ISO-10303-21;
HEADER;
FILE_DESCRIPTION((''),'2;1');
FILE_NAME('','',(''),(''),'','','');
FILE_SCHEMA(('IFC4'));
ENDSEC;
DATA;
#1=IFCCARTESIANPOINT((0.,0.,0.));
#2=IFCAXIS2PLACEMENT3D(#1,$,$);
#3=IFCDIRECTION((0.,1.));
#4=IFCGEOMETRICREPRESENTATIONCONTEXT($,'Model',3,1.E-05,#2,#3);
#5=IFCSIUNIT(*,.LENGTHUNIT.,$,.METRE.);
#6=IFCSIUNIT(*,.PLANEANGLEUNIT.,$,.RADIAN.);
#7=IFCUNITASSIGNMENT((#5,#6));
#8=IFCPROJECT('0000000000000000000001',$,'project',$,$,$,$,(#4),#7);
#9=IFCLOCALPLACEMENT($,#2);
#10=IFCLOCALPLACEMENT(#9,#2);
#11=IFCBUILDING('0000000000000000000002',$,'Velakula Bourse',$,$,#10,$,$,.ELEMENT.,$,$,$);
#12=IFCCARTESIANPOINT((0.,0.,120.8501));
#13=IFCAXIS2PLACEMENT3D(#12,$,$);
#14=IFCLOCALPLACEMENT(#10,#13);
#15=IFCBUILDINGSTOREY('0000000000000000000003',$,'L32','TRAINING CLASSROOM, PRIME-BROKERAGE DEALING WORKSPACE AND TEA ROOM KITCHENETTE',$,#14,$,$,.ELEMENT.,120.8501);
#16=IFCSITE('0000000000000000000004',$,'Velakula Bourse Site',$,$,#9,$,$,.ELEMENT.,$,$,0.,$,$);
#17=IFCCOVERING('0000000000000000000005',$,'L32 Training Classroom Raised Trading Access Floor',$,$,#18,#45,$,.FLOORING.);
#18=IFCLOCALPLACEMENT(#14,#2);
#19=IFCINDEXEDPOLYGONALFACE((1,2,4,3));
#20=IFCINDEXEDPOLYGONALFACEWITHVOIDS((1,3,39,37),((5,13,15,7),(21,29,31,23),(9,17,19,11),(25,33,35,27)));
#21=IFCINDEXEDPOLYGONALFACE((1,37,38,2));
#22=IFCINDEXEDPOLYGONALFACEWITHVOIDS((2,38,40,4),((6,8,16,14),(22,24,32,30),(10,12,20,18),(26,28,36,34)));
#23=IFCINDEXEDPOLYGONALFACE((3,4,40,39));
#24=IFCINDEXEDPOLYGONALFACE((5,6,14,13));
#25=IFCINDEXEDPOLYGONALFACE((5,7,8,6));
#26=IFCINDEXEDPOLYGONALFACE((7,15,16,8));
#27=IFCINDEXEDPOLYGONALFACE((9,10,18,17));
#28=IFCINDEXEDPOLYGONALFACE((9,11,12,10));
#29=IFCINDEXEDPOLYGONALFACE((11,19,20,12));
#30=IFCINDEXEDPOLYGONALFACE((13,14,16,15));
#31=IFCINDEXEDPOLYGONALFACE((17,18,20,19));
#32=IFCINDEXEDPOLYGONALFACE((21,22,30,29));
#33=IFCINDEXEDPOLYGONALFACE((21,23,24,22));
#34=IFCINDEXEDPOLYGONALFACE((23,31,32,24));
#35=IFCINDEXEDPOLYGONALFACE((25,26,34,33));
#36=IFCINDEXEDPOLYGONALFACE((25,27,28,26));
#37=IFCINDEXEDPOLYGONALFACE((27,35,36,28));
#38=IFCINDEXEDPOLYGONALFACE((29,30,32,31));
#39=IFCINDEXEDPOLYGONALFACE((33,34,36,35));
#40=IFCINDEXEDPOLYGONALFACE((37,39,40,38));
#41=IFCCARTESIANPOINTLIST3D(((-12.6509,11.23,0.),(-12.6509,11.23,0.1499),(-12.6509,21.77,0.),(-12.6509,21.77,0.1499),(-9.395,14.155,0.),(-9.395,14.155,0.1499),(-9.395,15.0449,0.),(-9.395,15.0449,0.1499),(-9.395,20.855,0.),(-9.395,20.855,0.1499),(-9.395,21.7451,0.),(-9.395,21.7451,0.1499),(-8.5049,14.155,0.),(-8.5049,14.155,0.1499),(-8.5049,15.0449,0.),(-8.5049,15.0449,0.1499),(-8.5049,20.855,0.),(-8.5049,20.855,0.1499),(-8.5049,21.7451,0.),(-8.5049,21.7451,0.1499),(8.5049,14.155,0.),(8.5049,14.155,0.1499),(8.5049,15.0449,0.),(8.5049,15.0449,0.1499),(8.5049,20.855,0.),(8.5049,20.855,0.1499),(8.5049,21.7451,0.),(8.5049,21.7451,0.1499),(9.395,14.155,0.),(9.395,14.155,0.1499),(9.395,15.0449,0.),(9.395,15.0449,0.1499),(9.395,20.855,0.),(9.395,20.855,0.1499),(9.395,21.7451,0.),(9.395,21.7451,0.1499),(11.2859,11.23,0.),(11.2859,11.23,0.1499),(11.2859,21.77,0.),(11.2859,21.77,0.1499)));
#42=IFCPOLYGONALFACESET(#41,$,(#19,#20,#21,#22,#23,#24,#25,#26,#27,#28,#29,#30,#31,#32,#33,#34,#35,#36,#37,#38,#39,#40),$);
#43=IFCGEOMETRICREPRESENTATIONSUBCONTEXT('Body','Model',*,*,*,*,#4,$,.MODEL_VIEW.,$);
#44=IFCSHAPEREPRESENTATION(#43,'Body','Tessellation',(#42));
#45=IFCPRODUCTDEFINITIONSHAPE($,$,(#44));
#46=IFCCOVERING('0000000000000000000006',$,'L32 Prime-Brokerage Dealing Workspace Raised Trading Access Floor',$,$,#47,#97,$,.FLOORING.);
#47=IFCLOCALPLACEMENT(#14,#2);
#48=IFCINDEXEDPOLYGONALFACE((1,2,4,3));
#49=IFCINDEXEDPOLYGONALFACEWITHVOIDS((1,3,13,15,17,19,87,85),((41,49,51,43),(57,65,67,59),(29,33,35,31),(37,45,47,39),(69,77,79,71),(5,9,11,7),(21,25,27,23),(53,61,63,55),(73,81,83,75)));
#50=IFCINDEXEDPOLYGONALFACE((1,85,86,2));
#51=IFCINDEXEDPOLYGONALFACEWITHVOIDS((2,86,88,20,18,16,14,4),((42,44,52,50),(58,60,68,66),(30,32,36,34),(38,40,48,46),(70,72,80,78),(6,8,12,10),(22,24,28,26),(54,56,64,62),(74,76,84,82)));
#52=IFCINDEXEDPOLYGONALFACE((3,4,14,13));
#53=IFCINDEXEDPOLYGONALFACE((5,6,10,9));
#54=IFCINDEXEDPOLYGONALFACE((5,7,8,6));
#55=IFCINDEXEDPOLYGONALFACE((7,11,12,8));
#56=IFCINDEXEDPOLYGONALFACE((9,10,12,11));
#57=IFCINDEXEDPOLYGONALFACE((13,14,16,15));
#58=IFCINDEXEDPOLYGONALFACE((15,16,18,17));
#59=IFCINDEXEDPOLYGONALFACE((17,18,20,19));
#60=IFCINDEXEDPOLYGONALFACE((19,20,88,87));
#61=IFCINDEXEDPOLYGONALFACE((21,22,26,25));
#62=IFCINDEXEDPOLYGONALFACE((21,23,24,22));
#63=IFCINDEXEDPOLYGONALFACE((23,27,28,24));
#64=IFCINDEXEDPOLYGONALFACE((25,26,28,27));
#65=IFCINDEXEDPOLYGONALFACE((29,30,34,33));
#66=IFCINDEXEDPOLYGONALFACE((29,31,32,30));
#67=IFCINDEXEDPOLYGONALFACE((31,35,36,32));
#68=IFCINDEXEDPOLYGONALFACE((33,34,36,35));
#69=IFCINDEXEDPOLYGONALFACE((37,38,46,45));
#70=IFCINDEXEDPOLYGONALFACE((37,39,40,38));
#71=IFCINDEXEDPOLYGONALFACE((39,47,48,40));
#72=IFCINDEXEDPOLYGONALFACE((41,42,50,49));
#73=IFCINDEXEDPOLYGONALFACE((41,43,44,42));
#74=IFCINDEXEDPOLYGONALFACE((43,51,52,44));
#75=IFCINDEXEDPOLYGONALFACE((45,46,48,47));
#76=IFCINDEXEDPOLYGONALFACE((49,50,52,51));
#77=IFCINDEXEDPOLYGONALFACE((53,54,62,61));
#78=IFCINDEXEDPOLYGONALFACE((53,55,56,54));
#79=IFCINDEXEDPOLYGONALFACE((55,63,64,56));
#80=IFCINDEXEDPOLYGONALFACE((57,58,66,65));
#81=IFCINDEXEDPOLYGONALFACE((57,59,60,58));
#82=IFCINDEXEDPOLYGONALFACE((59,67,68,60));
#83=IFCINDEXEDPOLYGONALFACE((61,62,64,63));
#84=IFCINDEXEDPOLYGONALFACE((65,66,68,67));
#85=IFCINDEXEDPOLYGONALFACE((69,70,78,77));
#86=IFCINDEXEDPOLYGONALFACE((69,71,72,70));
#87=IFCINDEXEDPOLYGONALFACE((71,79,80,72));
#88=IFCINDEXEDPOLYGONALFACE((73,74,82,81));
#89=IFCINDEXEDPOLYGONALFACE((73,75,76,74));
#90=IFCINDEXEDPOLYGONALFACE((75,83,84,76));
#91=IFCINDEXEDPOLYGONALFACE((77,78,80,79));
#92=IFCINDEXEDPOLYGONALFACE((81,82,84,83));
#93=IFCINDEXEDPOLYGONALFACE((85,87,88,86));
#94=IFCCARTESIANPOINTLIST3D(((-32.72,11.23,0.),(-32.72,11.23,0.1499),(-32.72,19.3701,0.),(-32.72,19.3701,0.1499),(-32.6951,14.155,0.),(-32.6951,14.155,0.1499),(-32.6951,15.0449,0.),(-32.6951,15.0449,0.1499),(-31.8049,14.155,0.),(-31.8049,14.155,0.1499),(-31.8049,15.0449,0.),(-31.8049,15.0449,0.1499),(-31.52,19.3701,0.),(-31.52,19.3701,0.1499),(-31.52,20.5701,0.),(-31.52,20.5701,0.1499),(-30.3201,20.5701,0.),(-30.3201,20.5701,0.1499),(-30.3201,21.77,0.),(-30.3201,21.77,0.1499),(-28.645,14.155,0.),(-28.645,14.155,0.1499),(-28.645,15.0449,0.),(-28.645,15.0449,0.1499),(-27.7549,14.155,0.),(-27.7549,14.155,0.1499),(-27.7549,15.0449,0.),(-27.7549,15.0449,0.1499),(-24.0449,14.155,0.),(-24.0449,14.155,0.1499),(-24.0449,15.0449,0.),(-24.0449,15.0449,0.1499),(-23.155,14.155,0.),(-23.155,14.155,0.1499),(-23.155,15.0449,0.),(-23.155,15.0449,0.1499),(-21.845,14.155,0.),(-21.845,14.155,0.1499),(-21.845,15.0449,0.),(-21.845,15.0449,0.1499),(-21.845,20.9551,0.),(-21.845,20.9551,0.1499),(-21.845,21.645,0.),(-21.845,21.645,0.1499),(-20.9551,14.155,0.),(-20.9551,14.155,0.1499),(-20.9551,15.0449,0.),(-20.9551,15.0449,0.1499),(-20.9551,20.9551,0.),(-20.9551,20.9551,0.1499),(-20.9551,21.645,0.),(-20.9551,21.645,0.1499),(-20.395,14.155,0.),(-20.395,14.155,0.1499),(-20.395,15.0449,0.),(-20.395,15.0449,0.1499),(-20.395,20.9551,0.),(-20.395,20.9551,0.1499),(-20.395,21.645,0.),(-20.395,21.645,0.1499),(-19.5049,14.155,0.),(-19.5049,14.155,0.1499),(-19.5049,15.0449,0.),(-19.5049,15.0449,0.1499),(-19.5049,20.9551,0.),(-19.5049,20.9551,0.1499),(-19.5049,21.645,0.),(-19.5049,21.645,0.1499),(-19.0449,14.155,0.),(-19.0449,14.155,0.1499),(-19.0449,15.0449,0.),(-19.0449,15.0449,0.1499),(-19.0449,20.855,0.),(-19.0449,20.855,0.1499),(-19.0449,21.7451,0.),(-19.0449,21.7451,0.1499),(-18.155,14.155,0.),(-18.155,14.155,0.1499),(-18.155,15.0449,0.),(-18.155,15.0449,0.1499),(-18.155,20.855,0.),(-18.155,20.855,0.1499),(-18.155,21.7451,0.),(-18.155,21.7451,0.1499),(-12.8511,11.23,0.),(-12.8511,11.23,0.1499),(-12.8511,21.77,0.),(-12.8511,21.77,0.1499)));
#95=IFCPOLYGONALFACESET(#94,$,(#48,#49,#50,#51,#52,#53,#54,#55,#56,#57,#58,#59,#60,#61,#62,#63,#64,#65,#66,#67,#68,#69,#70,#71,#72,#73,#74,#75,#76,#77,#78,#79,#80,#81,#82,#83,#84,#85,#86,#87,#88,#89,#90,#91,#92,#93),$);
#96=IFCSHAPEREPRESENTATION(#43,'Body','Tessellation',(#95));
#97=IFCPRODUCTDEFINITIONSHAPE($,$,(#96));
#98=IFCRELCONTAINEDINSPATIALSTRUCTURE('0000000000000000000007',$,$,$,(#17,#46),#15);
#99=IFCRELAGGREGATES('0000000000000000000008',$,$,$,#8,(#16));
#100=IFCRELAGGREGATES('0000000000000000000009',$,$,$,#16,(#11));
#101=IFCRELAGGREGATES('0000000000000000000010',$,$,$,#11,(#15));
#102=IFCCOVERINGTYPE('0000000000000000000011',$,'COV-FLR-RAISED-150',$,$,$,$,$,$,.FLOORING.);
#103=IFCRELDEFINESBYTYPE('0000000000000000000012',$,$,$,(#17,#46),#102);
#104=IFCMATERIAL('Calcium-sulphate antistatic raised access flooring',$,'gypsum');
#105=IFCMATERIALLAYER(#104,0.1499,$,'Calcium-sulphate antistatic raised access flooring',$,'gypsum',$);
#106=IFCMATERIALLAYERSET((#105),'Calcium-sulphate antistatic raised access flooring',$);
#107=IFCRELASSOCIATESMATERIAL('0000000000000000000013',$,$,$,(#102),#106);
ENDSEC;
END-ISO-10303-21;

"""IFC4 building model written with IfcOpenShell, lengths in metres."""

from ifc_helpers import new_model, si_unit, direction, frame, origin, place, context, subcontext, project, spatial, polyline, outline, extrude, material, layer, layer_set, type_object, element, save


model = new_model("IFC4")

# Units and contexts
model_context = context("Model", 3, precision=1e-05, world=origin(), true_north=direction((0.0, 1.0)))
body_context = subcontext(model_context, "Body", "Model", "MODEL_VIEW")
ifc_project = project(units=[si_unit("LENGTHUNIT", "METRE"), si_unit("PLANEANGLEUNIT", "RADIAN")], contexts=[model_context])

# Site, building, storey
site_placement = place(None, origin())
site = spatial("IfcSite", under=ifc_project, at=site_placement, Name="Velakula Bourse Site", CompositionType="ELEMENT", RefElevation=0.0)
building_placement = place(site_placement, origin())
building = spatial("IfcBuilding", under=site, at=building_placement, Name="Velakula Bourse", CompositionType="ELEMENT")
storey_placement = place(building_placement, frame((0.0, 0.0, 120.8501)))
storey = spatial("IfcBuildingStorey", under=building, at=storey_placement, Name="L32", Description="TRAINING CLASSROOM, PRIME-BROKERAGE DEALING WORKSPACE AND TEA ROOM KITCHENETTE", CompositionType="ELEMENT", Elevation=120.8501)

# Coverings
ifc_material_1 = material(Name="Calcium-sulphate antistatic raised access flooring", Category="gypsum")
ifc_layer_1 = layer(ifc_material_1, 0.1499, Name="Calcium-sulphate antistatic raised access flooring", Category="gypsum")
ifc_layer_set_1 = layer_set([ifc_layer_1], Name="Calcium-sulphate antistatic raised access flooring")
covering_type_1 = type_object("IfcCoveringType", Name="COV-FLR-RAISED-150", PredefinedType="FLOORING", material=ifc_layer_set_1)
covering_1_placement = place(storey_placement, origin())
element("IfcCovering", 1, at=covering_1_placement, inside=storey, type_object=covering_type_1, Name="L32 Training Classroom Raised Trading Access Floor", PredefinedType="FLOORING", context=body_context, shape_type="SweptSolid", body=[
    extrude(outline(polyline([(11.2859, 11.23), (-12.6509, 11.23), (-12.6509, 21.77), (11.2859, 21.77), (11.2859, 11.23)]), holes=[polyline([(8.5049, 15.0449), (8.5049, 14.155), (9.395, 14.155), (9.395, 15.0449), (8.5049, 15.0449)]), polyline([(-9.395, 14.155), (-8.5049, 14.155), (-8.5049, 15.0449), (-9.395, 15.0449), (-9.395, 14.155)]), polyline([(8.5049, 20.855), (9.395, 20.855), (9.395, 21.7451), (8.5049, 21.7451), (8.5049, 20.855)]), polyline([(-9.395, 20.855), (-8.5049, 20.855), (-8.5049, 21.7451), (-9.395, 21.7451), (-9.395, 20.855)])]), origin(), (0.0, 0.0, 1.0), 0.1499),
])
covering_2_placement = place(storey_placement, origin())
element("IfcCovering", 2, at=covering_2_placement, inside=storey, type_object=covering_type_1, Name="L32 Prime-Brokerage Dealing Workspace Raised Trading Access Floor", PredefinedType="FLOORING", context=body_context, shape_type="SweptSolid", body=[
    extrude(outline(polyline([(-31.52, 20.5701), (-30.3201, 20.5701), (-30.3201, 21.77), (-12.8511, 21.77), (-12.8511, 11.23), (-32.72, 11.23), (-32.72, 19.3701), (-31.52, 19.3701), (-31.52, 20.5701)]), holes=[polyline([(-32.6951, 15.0449), (-32.6951, 14.155), (-31.8049, 14.155), (-31.8049, 15.0449), (-32.6951, 15.0449)]), polyline([(-21.845, 15.0449), (-21.845, 14.155), (-20.9551, 14.155), (-20.9551, 15.0449), (-21.845, 15.0449)]), polyline([(-24.0449, 14.155), (-23.155, 14.155), (-23.155, 15.0449), (-24.0449, 15.0449), (-24.0449, 14.155)]), polyline([(-28.645, 14.155), (-27.7549, 14.155), (-27.7549, 15.0449), (-28.645, 15.0449), (-28.645, 14.155)]), polyline([(-20.395, 14.155), (-19.5049, 14.155), (-19.5049, 15.0449), (-20.395, 15.0449), (-20.395, 14.155)]), polyline([(-19.0449, 15.0449), (-19.0449, 14.155), (-18.155, 14.155), (-18.155, 15.0449), (-19.0449, 15.0449)]), polyline([(-21.845, 21.645), (-21.845, 20.9551), (-20.9551, 20.9551), (-20.9551, 21.645), (-21.845, 21.645)]), polyline([(-20.395, 20.9551), (-19.5049, 20.9551), (-19.5049, 21.645), (-20.395, 21.645), (-20.395, 20.9551)]), polyline([(-19.0449, 20.855), (-18.155, 20.855), (-18.155, 21.7451), (-19.0449, 21.7451), (-19.0449, 20.855)])]), origin(), (0.0, 0.0, 1.0), 0.1499),
])

save(model, "model.ifc")
